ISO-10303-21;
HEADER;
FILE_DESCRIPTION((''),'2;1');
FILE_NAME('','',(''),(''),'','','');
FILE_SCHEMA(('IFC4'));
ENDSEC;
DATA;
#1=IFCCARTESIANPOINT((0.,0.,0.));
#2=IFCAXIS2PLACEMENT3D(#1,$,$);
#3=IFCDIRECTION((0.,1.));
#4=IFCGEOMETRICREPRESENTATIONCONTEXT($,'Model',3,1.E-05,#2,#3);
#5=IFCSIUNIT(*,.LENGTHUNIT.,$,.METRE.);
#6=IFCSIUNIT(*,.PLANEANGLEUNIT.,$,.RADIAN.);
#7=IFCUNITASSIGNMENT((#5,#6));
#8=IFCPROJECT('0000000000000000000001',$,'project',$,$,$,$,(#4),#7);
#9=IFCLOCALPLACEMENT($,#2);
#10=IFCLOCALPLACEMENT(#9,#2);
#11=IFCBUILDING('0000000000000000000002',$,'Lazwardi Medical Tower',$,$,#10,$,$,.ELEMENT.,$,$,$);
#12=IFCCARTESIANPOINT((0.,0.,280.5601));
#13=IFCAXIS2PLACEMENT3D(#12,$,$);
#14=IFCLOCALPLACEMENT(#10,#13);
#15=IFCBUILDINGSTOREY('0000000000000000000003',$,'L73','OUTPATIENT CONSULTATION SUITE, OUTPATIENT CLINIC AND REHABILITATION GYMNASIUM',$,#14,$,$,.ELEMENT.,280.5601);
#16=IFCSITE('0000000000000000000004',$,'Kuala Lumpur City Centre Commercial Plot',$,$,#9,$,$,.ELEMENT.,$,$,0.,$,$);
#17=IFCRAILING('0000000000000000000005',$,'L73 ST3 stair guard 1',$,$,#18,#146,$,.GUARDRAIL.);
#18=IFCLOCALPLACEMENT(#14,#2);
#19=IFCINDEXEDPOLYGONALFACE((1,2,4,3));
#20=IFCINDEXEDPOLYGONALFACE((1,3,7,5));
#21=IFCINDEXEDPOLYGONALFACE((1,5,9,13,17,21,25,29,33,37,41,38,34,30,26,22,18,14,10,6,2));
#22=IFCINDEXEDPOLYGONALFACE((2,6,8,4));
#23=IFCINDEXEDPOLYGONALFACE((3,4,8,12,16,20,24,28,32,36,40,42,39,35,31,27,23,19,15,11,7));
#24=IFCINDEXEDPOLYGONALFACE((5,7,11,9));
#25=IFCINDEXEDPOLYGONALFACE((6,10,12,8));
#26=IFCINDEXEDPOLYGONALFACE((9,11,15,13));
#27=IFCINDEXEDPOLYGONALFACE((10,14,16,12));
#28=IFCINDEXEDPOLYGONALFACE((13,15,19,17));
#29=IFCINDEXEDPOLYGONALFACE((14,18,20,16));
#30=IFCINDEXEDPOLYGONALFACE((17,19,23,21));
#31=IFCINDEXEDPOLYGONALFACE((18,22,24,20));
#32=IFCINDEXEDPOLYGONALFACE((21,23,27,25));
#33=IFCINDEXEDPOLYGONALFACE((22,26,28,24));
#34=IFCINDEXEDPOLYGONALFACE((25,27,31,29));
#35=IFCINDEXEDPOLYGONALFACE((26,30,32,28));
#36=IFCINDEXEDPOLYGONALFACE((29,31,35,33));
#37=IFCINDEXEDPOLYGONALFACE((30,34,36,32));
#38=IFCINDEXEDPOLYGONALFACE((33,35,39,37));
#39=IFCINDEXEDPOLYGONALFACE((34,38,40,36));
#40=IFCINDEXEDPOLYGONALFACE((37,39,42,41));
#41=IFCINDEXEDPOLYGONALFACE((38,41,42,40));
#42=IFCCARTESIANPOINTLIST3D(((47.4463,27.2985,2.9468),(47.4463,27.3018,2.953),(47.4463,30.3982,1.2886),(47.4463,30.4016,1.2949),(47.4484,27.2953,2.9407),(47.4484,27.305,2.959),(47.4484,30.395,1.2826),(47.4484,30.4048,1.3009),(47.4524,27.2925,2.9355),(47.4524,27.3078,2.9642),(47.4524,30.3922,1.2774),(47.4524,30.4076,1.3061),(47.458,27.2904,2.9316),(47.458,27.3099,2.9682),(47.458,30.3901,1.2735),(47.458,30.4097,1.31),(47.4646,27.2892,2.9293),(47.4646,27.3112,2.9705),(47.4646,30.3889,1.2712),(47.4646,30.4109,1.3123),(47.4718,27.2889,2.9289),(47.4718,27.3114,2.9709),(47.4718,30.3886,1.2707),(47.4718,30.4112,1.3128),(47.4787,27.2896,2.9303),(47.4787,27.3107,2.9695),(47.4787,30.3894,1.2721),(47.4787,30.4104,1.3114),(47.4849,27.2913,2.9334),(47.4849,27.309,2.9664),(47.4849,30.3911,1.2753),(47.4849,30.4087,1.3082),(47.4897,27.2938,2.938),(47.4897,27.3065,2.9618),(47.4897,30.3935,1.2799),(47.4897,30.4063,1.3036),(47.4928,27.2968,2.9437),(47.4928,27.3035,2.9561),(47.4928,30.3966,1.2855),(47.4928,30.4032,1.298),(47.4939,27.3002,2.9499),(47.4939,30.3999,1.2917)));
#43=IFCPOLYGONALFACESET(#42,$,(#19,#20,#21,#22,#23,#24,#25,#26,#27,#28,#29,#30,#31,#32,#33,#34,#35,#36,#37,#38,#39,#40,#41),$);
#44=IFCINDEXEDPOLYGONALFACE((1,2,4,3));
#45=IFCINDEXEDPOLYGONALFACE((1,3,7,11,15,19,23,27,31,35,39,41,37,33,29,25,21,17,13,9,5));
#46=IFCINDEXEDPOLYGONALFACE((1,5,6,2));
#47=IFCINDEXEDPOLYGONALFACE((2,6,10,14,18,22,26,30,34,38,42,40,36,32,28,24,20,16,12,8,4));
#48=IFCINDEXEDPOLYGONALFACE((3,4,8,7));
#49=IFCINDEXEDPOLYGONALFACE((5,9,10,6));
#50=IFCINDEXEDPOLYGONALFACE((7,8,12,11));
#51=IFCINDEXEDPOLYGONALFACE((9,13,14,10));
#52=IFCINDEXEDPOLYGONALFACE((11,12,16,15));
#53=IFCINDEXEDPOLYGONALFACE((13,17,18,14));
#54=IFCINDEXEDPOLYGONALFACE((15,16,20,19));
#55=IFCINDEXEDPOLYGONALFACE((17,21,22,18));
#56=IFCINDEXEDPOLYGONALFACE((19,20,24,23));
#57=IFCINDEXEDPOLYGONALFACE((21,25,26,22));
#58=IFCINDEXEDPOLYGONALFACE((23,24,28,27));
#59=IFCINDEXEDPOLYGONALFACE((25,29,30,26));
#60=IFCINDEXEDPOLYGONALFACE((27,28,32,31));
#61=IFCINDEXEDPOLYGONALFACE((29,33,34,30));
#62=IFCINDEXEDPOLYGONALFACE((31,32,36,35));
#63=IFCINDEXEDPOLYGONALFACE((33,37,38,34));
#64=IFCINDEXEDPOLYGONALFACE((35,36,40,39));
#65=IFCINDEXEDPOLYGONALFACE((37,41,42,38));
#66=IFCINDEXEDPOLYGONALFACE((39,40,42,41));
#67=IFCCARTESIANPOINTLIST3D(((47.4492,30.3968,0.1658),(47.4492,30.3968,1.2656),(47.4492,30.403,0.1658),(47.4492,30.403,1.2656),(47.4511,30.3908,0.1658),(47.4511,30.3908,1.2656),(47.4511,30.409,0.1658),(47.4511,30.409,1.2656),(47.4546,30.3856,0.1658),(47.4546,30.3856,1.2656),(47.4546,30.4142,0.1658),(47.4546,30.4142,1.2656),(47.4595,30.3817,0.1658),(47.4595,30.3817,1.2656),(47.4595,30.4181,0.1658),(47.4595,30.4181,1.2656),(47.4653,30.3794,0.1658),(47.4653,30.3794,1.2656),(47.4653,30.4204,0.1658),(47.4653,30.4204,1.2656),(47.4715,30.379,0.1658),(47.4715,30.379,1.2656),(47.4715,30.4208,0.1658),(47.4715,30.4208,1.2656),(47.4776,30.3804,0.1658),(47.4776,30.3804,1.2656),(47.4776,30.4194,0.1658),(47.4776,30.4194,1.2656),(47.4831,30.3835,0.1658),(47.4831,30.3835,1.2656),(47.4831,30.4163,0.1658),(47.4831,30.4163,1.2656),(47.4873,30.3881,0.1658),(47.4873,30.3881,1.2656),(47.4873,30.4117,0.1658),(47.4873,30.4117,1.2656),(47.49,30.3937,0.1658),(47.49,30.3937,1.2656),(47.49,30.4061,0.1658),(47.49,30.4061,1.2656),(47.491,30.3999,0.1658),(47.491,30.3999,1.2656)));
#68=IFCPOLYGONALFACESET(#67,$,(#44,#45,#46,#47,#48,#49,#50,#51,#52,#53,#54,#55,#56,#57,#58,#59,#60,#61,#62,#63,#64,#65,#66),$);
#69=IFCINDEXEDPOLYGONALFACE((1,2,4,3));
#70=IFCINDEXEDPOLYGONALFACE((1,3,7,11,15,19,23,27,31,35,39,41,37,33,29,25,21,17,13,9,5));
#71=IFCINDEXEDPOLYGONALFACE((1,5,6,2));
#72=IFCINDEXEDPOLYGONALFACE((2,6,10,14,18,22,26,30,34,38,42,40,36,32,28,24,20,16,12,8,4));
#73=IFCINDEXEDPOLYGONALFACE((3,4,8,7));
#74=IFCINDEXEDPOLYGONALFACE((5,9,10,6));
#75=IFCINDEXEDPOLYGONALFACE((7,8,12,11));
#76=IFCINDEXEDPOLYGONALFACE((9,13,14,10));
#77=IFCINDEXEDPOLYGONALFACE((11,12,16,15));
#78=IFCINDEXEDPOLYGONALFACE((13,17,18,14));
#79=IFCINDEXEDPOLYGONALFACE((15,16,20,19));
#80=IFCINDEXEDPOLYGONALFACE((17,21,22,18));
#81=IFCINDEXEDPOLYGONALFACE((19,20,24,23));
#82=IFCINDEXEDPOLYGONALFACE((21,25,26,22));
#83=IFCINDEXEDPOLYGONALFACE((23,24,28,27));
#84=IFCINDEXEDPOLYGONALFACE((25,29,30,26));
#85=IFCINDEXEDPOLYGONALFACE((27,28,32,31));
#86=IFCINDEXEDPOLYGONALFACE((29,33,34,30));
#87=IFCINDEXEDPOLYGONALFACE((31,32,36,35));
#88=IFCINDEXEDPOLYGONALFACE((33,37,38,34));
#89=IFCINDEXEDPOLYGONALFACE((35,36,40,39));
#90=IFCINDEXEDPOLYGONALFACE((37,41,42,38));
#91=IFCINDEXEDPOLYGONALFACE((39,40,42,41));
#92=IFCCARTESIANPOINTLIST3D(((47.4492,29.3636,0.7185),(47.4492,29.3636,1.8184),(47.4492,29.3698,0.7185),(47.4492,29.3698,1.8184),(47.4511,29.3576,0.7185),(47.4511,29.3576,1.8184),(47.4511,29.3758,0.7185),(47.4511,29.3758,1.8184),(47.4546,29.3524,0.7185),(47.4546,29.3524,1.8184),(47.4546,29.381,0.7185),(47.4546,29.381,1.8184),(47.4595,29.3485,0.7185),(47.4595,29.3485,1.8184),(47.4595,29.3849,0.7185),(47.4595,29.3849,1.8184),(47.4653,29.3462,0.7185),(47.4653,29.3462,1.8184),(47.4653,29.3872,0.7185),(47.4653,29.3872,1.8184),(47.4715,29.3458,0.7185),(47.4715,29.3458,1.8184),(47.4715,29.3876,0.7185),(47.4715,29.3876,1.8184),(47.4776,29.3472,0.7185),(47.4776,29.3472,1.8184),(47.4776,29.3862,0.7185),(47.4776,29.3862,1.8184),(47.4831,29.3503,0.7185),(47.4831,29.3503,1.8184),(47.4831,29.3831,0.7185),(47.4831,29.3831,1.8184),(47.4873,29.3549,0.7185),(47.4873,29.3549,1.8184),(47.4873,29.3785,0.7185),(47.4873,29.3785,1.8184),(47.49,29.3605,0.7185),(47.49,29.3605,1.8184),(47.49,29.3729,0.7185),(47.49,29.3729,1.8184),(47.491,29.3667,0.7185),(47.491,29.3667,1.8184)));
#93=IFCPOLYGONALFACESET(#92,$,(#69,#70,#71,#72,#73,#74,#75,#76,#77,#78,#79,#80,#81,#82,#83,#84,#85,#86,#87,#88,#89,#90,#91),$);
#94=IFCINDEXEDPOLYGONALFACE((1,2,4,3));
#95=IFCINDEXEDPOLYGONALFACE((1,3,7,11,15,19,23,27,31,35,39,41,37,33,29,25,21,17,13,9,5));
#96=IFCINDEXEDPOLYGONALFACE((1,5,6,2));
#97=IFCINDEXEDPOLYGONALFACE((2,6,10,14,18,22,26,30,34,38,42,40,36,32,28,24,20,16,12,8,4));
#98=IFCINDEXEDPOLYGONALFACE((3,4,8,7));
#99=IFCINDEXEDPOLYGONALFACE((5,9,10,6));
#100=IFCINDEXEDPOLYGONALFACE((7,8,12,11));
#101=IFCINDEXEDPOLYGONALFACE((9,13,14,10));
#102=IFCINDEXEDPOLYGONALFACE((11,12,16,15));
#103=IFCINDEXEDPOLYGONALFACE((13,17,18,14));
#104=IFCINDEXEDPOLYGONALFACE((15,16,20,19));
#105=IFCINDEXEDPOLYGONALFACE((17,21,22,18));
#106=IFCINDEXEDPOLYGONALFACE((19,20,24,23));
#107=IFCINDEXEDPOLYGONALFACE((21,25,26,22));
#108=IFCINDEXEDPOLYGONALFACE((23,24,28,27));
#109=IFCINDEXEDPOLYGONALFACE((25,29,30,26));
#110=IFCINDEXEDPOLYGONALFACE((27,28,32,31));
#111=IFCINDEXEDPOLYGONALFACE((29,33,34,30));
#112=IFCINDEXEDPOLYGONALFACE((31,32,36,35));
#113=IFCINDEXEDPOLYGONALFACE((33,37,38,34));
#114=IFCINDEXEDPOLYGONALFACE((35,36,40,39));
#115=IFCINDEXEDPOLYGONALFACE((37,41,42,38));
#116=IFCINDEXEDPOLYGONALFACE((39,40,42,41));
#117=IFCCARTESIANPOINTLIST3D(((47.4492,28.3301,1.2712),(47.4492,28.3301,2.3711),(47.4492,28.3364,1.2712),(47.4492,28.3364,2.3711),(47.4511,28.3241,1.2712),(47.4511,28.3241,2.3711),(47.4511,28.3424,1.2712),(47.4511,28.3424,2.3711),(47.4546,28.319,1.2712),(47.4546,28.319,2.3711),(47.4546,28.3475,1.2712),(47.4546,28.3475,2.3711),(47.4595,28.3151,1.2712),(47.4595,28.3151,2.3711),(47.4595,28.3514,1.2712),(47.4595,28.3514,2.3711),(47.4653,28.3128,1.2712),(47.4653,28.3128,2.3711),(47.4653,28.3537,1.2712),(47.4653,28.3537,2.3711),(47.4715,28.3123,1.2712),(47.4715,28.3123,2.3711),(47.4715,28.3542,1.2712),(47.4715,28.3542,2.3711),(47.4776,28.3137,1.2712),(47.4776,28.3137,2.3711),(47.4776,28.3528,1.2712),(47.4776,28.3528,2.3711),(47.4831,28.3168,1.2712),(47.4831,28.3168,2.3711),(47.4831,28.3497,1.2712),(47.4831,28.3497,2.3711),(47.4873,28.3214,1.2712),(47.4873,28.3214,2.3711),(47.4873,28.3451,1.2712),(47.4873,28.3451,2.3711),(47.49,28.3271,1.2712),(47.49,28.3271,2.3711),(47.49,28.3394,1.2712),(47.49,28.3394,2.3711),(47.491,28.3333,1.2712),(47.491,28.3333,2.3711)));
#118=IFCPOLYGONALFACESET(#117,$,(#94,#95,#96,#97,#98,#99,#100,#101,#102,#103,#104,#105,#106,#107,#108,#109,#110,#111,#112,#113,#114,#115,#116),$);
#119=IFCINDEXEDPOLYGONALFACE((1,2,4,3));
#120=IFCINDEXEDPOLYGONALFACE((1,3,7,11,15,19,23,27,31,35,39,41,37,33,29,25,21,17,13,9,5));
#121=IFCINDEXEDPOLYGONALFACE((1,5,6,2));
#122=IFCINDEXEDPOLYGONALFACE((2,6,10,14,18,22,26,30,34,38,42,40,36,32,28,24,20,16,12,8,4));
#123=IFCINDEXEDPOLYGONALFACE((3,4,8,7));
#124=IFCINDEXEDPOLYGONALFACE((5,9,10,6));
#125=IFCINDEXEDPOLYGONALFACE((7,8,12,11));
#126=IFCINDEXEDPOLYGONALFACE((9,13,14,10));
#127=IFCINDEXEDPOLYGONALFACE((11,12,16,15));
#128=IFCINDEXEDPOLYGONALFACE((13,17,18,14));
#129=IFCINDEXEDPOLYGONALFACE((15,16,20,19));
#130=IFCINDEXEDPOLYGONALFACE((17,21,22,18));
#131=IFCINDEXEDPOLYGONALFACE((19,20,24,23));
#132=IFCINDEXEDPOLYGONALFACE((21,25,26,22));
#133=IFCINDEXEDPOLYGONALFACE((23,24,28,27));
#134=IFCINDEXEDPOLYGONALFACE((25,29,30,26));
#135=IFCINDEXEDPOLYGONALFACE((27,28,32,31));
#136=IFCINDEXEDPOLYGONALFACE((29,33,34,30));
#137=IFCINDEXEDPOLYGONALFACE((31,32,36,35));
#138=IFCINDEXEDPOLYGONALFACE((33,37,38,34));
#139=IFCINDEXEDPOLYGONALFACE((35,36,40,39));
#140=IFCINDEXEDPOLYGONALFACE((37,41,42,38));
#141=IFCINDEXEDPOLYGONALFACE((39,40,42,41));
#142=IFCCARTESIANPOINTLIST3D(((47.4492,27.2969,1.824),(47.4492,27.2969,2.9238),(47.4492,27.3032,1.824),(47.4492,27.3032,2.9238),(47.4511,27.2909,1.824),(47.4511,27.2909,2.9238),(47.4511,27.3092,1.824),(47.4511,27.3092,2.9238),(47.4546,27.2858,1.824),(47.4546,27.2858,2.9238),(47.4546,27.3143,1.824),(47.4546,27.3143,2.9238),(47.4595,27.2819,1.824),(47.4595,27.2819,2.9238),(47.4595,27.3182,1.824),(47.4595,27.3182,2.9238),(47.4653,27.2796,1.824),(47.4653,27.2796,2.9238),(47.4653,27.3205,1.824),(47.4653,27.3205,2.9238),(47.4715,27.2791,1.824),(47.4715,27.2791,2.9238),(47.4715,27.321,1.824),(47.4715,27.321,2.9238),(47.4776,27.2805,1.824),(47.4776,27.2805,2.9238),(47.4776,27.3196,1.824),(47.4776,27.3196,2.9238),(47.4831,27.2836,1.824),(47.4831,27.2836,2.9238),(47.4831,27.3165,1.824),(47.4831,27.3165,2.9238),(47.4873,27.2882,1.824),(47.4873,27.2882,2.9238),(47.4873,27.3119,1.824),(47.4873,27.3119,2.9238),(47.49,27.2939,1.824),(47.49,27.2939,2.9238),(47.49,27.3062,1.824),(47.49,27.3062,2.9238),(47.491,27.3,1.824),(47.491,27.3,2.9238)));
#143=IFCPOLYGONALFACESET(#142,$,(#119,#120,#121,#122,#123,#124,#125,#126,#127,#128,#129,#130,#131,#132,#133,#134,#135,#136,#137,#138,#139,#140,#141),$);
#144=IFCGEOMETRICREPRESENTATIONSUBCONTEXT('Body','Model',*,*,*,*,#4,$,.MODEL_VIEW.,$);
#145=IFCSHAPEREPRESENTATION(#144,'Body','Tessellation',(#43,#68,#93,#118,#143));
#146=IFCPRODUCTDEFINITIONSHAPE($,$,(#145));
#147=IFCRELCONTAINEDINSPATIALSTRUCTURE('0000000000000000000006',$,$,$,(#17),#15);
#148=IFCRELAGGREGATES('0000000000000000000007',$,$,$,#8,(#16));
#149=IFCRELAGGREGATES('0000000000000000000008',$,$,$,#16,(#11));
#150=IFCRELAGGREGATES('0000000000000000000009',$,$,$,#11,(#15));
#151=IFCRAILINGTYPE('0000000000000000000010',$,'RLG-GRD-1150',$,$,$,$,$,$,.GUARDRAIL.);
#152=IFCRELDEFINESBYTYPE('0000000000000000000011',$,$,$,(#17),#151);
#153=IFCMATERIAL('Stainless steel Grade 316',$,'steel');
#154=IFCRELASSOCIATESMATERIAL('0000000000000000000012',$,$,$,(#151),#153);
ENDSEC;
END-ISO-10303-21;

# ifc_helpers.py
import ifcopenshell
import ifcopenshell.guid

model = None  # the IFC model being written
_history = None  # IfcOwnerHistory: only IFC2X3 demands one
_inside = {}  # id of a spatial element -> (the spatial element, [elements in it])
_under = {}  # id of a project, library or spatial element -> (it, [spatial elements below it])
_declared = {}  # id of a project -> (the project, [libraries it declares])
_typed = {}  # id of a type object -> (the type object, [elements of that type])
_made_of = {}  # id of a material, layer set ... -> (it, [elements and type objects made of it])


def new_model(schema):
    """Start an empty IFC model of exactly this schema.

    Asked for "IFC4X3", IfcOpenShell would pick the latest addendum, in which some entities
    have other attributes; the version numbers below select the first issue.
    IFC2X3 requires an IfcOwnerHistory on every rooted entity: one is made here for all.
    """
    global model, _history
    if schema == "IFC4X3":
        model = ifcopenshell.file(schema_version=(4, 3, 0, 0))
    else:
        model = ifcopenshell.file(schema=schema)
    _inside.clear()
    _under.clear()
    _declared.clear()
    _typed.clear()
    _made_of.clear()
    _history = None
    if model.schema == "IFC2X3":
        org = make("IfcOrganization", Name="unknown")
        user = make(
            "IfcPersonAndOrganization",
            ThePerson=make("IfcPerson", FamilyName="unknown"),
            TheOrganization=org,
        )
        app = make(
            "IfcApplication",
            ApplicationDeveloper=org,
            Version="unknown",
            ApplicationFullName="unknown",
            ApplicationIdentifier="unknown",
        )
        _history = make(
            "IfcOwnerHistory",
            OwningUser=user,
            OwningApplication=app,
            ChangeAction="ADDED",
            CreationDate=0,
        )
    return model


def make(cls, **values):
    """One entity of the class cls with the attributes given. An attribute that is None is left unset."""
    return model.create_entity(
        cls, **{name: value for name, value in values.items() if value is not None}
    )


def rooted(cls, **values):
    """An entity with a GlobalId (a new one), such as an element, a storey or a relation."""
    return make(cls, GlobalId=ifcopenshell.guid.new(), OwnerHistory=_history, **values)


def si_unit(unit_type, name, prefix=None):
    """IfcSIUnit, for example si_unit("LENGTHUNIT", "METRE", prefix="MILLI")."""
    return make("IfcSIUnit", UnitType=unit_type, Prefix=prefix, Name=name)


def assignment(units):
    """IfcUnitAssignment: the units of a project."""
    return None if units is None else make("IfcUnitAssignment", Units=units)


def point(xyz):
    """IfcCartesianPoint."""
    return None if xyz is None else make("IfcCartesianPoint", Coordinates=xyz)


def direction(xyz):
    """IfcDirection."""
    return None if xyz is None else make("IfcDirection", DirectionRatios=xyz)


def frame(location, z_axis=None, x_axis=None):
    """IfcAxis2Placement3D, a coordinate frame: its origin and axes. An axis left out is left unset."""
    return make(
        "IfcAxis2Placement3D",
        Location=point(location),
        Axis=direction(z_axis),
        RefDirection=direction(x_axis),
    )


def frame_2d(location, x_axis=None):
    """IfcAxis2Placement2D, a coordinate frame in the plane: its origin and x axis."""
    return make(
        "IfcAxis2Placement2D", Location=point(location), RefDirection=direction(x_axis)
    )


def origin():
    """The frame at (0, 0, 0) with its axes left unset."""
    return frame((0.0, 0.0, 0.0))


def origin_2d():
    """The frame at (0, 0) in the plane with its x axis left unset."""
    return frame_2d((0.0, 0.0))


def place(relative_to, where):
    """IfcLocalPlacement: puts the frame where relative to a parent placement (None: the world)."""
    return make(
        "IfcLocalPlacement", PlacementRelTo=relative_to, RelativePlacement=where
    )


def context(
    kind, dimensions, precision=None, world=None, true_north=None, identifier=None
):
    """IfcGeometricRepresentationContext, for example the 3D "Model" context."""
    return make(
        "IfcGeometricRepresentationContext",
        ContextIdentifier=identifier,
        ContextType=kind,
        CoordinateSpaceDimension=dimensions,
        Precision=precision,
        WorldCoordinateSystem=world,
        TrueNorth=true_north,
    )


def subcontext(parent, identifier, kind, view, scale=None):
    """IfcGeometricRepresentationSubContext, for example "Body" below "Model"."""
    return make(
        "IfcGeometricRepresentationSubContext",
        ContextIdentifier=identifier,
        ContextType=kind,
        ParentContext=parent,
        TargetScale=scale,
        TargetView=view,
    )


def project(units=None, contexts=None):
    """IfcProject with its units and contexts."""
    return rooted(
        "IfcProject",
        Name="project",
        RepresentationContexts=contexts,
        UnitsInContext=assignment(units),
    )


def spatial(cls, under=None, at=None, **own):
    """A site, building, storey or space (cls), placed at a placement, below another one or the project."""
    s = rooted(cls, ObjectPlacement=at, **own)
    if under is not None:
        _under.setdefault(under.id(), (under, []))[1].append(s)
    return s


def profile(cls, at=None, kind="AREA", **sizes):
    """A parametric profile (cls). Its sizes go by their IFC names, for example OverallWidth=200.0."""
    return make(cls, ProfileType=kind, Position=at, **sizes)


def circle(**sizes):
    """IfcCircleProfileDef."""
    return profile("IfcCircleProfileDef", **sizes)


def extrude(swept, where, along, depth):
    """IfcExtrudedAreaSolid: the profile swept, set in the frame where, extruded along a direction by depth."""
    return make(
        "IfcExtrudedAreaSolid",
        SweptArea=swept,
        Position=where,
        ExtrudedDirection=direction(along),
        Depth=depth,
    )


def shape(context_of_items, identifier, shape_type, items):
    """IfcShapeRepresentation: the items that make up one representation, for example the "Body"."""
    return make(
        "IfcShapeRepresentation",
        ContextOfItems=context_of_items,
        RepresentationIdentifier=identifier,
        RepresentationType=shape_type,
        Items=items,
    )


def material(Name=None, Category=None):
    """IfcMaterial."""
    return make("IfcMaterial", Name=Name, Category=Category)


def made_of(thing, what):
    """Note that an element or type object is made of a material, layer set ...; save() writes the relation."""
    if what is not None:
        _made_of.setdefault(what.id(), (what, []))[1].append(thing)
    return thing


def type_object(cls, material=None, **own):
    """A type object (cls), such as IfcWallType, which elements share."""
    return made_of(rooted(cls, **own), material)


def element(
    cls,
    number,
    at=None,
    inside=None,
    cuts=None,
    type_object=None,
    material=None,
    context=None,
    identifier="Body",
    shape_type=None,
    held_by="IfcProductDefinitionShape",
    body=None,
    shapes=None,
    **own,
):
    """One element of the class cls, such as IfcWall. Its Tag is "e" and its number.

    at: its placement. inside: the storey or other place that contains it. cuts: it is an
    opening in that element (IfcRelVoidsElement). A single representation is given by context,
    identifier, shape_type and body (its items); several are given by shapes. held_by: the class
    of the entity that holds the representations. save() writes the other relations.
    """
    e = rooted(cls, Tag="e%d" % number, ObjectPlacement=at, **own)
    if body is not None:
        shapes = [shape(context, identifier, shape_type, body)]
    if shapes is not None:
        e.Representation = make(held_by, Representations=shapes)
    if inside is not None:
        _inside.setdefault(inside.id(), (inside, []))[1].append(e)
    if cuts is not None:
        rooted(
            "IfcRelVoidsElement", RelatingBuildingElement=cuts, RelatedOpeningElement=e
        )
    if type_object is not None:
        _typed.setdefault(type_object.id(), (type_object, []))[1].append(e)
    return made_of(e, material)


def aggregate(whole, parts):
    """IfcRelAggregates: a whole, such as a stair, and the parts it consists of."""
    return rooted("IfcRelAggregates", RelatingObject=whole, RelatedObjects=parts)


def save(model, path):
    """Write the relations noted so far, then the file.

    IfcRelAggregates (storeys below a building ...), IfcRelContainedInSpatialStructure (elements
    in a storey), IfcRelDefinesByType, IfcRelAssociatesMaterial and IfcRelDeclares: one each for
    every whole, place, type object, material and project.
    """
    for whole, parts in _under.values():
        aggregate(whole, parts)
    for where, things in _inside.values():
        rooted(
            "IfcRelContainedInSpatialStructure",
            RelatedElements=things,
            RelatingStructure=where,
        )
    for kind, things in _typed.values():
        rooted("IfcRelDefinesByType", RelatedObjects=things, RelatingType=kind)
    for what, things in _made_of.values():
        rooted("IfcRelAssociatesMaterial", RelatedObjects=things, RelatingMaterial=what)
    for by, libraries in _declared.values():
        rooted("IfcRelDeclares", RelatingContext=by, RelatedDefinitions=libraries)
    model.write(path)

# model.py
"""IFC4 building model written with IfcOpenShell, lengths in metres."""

from ifc_helpers import new_model, si_unit, direction, frame, origin, origin_2d, place, context, subcontext, project, spatial, circle, extrude, material, type_object, element, save


model = new_model("IFC4")

# Units and contexts
model_context = context("Model", 3, precision=1e-05, world=origin(), true_north=direction((0.0, 1.0)))
body_context = subcontext(model_context, "Body", "Model", "MODEL_VIEW")
ifc_project = project(units=[si_unit("LENGTHUNIT", "METRE"), si_unit("PLANEANGLEUNIT", "RADIAN")], contexts=[model_context])

# Site, building, storey
site_placement = place(None, origin())
site = spatial("IfcSite", under=ifc_project, at=site_placement, Name="Kuala Lumpur City Centre Commercial Plot", CompositionType="ELEMENT", RefElevation=0.0)
building_placement = place(site_placement, origin())
building = spatial("IfcBuilding", under=site, at=building_placement, Name="Lazwardi Medical Tower", CompositionType="ELEMENT")
storey_placement = place(building_placement, frame((0.0, 0.0, 280.5601)))
storey = spatial("IfcBuildingStorey", under=building, at=storey_placement, Name="L73", Description="OUTPATIENT CONSULTATION SUITE, OUTPATIENT CLINIC AND REHABILITATION GYMNASIUM", CompositionType="ELEMENT", Elevation=280.5601)

# Railing
ifc_material_1 = material(Name="Stainless steel Grade 316", Category="steel")
railing_type_1 = type_object("IfcRailingType", Name="RLG-GRD-1150", PredefinedType="GUARDRAIL", material=ifc_material_1)
railing_1_placement = place(storey_placement, frame((47.47, 30.3999, 0.1658)))
element("IfcRailing", 1, at=railing_1_placement, inside=storey, type_object=railing_type_1, Name="L73 ST3 stair guard 1", PredefinedType="GUARDRAIL", context=body_context, shape_type="SweptSolid", body=[
    extrude(circle(Radius=0.0239, at=origin_2d()), frame((0.0, 0.0, 1.126), z_axis=(0.0, -0.881768, 0.471684), x_axis=(1.0, 0.0, 0.0)), (0.0, 0.0, 1.0), 3.5154),
    extrude(circle(Radius=0.021, at=origin_2d()), origin(), (0.0, 0.0, 1.0), 1.0999),
    extrude(circle(Radius=0.021, at=origin_2d()), frame((0.0, -1.0332, 0.5527)), (0.0, 0.0, 1.0), 1.0999),
    extrude(circle(Radius=0.021, at=origin_2d()), frame((0.0, -2.0667, 1.1055)), (0.0, 0.0, 1.0), 1.0999),
    extrude(circle(Radius=0.021, at=origin_2d()), frame((0.0, -3.0999, 1.6582)), (0.0, 0.0, 1.0), 1.0999),
])

save(model, "model.ifc")
